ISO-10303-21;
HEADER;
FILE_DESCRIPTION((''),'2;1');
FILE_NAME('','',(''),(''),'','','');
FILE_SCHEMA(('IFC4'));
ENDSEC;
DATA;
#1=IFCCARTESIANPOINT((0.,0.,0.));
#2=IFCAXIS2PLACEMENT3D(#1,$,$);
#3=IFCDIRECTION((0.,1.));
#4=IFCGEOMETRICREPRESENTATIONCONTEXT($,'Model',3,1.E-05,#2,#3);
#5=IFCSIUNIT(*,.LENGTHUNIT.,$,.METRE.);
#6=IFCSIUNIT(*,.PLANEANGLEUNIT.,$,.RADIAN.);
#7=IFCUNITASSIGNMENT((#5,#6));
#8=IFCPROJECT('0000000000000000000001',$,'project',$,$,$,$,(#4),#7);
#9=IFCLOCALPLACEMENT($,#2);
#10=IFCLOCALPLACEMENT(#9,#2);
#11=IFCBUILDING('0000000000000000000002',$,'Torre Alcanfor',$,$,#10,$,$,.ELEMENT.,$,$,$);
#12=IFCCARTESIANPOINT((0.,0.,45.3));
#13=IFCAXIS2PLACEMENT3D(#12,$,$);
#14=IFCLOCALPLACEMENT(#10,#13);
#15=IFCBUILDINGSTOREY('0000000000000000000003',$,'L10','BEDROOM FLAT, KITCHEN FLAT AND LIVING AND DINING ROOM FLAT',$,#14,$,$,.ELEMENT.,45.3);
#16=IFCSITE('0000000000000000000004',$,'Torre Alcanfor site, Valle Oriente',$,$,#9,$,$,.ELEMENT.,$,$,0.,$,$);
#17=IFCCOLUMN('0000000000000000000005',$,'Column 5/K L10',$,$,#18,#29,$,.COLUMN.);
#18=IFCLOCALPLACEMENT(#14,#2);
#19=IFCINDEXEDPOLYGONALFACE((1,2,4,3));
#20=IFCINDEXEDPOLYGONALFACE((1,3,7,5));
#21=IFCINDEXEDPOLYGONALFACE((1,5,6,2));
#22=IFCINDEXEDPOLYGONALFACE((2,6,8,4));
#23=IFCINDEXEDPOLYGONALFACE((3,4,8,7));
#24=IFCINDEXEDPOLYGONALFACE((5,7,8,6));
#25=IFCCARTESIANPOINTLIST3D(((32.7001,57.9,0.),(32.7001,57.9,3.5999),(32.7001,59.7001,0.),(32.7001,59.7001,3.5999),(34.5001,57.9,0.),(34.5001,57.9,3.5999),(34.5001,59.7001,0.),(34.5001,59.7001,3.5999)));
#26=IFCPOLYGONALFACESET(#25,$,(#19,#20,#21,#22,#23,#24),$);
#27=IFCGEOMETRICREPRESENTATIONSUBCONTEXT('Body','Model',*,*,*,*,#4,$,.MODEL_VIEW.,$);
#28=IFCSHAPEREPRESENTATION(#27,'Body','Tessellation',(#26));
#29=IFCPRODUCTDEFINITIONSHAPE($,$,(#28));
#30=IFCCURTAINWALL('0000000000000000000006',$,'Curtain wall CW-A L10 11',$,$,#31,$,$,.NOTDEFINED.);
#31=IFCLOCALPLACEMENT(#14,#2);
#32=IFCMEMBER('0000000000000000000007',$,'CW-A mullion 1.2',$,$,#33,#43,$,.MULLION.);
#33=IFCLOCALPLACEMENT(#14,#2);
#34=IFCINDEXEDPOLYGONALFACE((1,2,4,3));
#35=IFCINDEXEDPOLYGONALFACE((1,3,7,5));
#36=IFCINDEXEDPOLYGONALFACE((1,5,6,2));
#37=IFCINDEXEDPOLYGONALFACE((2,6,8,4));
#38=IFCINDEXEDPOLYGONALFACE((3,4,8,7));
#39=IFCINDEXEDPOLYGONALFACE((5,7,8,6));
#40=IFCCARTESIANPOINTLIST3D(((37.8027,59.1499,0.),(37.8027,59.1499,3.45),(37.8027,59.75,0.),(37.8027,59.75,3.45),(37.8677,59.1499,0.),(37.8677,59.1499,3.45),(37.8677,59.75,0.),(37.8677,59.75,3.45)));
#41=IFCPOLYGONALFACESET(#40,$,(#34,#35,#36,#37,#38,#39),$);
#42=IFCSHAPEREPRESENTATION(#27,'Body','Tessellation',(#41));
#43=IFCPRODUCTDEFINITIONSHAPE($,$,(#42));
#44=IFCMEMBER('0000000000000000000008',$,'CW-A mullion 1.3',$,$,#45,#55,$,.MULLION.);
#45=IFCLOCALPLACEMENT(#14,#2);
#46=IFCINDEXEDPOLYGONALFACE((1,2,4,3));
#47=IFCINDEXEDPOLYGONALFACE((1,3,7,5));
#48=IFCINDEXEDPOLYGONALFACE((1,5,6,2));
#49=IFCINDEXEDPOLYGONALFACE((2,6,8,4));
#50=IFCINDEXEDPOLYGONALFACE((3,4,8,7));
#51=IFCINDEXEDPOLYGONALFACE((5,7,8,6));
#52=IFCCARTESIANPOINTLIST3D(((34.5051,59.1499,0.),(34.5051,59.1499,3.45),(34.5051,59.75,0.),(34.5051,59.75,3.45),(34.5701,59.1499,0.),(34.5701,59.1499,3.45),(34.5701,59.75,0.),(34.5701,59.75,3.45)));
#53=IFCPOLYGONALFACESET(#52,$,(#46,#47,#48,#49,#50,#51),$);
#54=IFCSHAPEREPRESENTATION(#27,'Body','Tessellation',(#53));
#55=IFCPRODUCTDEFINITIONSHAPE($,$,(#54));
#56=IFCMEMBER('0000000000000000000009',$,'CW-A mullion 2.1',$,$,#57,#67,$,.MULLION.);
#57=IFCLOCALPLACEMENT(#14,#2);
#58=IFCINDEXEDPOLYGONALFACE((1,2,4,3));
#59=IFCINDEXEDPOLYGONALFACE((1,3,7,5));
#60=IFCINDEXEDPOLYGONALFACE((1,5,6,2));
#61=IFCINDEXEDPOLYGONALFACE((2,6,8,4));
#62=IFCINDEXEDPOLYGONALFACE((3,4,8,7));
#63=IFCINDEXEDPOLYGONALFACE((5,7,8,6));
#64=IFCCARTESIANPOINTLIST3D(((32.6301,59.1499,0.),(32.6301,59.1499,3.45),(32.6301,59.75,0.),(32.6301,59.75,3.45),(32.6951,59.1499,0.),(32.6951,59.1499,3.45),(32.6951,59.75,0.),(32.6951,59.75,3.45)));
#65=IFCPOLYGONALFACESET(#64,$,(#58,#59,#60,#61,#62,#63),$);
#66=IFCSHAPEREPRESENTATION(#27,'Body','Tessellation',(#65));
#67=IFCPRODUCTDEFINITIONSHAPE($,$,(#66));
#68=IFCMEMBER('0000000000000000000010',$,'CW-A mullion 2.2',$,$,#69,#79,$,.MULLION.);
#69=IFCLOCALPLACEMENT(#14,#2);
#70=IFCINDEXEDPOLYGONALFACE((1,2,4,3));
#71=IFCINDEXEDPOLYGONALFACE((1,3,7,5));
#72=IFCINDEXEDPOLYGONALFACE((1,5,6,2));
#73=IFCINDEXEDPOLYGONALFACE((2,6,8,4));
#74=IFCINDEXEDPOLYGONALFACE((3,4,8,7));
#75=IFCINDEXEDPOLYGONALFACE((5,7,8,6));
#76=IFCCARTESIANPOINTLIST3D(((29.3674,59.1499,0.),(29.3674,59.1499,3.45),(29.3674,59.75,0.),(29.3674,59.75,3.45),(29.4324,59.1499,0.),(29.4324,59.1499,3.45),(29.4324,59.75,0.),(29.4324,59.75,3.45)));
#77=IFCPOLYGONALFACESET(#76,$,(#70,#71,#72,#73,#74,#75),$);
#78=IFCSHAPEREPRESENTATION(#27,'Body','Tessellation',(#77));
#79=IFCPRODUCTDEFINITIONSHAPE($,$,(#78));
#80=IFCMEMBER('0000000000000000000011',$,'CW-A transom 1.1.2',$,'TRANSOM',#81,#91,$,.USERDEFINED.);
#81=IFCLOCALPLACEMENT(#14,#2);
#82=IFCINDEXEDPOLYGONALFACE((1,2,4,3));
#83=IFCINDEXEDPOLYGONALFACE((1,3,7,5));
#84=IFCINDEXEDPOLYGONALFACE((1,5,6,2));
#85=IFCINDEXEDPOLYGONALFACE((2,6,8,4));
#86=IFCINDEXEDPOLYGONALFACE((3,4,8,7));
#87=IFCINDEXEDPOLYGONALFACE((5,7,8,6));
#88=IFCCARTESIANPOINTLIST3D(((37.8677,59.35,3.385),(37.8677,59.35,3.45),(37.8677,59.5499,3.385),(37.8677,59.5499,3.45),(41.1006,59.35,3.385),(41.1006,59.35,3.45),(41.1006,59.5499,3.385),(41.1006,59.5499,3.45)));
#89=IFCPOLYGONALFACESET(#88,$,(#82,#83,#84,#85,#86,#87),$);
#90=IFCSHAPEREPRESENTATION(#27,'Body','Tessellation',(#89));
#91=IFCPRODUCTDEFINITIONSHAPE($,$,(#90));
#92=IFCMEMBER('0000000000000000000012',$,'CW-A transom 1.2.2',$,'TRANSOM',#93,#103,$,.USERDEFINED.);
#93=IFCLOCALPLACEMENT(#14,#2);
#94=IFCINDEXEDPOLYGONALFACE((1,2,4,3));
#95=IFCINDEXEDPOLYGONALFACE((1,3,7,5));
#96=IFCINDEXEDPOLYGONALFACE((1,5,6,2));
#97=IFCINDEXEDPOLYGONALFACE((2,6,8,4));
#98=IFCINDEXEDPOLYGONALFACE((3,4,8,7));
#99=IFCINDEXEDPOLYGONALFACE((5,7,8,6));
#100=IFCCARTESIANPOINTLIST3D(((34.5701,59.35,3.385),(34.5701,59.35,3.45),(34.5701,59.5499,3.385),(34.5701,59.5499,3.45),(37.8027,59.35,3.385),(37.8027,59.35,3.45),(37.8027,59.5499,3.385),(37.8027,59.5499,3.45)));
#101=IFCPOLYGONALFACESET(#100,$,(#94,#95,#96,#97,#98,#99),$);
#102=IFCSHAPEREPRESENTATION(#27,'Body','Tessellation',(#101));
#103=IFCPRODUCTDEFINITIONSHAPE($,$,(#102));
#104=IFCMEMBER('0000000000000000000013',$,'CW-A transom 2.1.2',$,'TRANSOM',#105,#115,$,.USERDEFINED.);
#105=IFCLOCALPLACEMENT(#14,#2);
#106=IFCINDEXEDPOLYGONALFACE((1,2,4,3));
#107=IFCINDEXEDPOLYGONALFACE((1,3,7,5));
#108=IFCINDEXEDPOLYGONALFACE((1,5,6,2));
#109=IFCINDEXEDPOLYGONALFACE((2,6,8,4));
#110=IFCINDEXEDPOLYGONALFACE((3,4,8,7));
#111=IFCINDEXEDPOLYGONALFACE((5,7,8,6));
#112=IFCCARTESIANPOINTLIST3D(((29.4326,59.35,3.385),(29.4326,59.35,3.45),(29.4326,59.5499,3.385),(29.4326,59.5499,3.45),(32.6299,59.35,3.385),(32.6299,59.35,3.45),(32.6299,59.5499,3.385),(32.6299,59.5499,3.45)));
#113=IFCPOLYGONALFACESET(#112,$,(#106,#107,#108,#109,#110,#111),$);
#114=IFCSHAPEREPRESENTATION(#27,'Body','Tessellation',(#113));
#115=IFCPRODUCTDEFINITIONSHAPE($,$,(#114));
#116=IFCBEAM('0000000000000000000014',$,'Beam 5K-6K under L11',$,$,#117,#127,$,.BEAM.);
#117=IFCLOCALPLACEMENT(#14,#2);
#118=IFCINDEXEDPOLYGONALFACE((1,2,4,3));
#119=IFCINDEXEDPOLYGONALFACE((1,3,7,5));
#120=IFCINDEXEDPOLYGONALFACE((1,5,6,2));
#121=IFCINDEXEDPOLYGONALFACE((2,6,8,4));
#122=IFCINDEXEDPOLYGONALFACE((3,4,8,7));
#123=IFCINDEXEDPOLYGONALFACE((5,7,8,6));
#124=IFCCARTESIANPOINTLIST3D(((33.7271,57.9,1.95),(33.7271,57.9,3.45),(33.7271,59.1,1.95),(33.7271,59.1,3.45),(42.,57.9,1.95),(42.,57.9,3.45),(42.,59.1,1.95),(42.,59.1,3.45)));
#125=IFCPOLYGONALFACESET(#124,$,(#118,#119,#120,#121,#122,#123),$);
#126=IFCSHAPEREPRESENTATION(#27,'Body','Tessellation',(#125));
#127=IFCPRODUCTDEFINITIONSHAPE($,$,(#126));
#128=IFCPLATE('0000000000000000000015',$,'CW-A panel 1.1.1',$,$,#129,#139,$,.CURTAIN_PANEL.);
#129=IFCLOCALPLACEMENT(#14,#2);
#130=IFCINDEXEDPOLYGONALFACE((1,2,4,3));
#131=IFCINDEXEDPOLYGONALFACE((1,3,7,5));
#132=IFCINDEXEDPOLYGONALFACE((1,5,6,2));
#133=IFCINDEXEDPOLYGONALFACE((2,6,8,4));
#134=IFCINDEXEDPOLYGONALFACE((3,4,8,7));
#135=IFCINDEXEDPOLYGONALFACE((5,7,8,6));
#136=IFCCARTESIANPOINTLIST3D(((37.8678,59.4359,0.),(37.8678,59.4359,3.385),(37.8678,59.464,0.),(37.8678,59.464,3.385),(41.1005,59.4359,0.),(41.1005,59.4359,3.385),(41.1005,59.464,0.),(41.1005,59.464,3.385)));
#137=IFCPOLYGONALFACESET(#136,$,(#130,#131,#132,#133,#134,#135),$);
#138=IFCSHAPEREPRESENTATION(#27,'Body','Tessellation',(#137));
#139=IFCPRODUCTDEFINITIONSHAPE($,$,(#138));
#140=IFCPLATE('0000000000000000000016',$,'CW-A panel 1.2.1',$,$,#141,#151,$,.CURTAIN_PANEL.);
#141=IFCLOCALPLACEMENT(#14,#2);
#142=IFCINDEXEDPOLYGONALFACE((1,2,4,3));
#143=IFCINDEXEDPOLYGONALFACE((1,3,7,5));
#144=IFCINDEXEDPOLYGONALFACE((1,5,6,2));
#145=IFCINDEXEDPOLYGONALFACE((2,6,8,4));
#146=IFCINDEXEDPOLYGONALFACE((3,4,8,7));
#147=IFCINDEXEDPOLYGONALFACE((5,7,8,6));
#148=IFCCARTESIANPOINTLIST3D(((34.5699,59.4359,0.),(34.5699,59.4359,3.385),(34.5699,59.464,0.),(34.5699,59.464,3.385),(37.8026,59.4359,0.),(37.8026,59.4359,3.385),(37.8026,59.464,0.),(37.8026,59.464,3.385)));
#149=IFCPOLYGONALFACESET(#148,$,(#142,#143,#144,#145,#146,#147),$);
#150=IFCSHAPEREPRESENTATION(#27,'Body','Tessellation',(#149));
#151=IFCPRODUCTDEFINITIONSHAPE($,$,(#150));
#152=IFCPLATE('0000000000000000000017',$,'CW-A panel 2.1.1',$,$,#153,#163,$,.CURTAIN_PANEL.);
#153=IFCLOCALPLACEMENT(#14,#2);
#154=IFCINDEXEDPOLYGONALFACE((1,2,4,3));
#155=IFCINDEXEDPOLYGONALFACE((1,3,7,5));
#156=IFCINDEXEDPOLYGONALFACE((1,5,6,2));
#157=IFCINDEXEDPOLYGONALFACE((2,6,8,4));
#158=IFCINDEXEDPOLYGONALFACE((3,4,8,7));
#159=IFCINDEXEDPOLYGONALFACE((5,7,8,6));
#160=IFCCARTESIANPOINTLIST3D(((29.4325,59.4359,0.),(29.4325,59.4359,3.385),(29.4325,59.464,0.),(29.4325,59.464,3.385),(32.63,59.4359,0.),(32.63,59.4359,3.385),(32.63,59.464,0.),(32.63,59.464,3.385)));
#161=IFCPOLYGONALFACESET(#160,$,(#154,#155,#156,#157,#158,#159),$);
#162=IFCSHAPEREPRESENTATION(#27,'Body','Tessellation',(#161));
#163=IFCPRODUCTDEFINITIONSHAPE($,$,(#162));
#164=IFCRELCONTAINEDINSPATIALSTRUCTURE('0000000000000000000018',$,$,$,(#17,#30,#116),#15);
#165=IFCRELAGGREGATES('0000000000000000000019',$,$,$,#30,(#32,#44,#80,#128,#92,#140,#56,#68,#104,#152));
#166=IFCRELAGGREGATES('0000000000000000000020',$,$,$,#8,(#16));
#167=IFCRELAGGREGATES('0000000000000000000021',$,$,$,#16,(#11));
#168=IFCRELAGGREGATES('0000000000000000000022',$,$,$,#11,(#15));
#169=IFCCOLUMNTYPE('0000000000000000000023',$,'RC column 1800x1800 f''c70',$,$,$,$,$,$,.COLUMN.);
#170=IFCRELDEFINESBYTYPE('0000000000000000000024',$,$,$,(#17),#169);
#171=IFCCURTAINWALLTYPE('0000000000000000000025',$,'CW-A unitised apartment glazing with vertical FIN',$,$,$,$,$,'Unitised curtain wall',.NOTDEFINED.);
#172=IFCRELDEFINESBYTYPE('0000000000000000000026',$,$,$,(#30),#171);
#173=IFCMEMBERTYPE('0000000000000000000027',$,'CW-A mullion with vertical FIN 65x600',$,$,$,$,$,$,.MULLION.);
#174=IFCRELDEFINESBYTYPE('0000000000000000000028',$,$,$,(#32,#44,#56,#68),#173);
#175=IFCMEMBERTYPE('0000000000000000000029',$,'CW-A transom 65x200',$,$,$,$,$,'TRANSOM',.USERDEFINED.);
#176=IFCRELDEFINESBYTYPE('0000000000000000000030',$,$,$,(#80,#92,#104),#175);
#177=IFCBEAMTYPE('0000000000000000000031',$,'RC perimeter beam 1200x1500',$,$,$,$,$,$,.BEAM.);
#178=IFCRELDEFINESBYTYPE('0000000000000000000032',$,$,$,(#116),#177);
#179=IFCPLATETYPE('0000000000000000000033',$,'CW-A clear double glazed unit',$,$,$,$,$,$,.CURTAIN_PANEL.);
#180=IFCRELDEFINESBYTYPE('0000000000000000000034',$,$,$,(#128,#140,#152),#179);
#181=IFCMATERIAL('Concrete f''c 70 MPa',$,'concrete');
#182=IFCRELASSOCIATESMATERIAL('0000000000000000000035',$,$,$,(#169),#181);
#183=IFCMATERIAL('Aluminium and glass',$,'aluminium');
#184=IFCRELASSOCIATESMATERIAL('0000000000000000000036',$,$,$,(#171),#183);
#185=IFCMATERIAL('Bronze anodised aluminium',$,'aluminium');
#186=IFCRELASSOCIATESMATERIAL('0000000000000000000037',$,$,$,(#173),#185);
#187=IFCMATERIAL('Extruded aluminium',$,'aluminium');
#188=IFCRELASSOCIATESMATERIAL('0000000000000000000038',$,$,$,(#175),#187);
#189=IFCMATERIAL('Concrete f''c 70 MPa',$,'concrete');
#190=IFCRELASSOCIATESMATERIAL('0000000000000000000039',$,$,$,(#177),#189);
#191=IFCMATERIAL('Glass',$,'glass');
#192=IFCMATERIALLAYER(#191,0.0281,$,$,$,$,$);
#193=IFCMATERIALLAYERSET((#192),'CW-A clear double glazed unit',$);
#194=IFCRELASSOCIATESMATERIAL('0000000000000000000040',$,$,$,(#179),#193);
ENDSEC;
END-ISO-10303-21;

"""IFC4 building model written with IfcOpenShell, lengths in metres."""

from ifc_helpers import new_model, si_unit, direction, frame, origin, origin_2d, place, context, subcontext, project, spatial, rectangle, extrude, material, layer, layer_set, material_profile, profile_set, type_object, element, aggregate, save


model = new_model("IFC4")

# Units and contexts
model_context = context("Model", 3, precision=1e-05, world=origin(), true_north=direction((0.0, 1.0)))
body_context = subcontext(model_context, "Body", "Model", "MODEL_VIEW")
ifc_project = project(units=[si_unit("LENGTHUNIT", "METRE"), si_unit("PLANEANGLEUNIT", "RADIAN")], contexts=[model_context])

# Site, building, storey
site_placement = place(None, origin())
site = spatial("IfcSite", under=ifc_project, at=site_placement, Name="Torre Alcanfor site, Valle Oriente", CompositionType="ELEMENT", RefElevation=0.0)
building_placement = place(site_placement, origin())
building = spatial("IfcBuilding", under=site, at=building_placement, Name="Torre Alcanfor", CompositionType="ELEMENT")
storey_placement = place(building_placement, frame((0.0, 0.0, 45.3)))
storey = spatial("IfcBuildingStorey", under=building, at=storey_placement, Name="L10", Description="BEDROOM FLAT, KITCHEN FLAT AND LIVING AND DINING ROOM FLAT", CompositionType="ELEMENT", Elevation=45.3)

# Column
ifc_material_1 = material(Name="Concrete f'c 70 MPa", Category="concrete")
ifc_material_profile_1 = material_profile(ifc_material_1, rectangle(XDim=1.8, YDim=1.8, at=origin_2d()), Name="1800x1800")
ifc_profile_set_1 = profile_set([ifc_material_profile_1], Name="Concrete f'c 70 MPa")
column_type = type_object("IfcColumnType", Name="RC column 1800x1800 f'c70", PredefinedType="COLUMN", material=ifc_profile_set_1)
column_placement = place(storey_placement, frame((33.6001, 58.8, 0.0), z_axis=(0.0, 0.0, 1.0), x_axis=(1.0, 0.0, 0.0)))
element("IfcColumn", 1, at=column_placement, inside=storey, type_object=column_type, Name="Column 5/K L10", PredefinedType="COLUMN", context=body_context, shape_type="SweptSolid", body=[
    extrude(rectangle(XDim=1.8, YDim=1.8, at=origin_2d()), origin(), (0.0, 0.0, 1.0), 3.5999),
])

# Curtain wall, members
ifc_material_2 = material(Name="Aluminium and glass", Category="aluminium")
curtain_wall_type = type_object("IfcCurtainWallType", Name="CW-A unitised apartment glazing with vertical FIN", ElementType="Unitised curtain wall", PredefinedType="NOTDEFINED", material=ifc_material_2)
curtain_wall_placement = place(storey_placement, origin())
curtain_wall = element("IfcCurtainWall", 2, at=curtain_wall_placement, inside=storey, type_object=curtain_wall_type, Name="Curtain wall CW-A L10 11", PredefinedType="NOTDEFINED")
ifc_material_3 = material(Name="Bronze anodised aluminium", Category="aluminium")
ifc_material_profile_2 = material_profile(ifc_material_3, rectangle(XDim=0.6001, YDim=0.0649, at=origin_2d()), Name="CW-A mullion 65x600")
ifc_profile_set_2 = profile_set([ifc_material_profile_2], Name="Bronze anodised aluminium")
member_type_1 = type_object("IfcMemberType", Name="CW-A mullion with vertical FIN 65x600", PredefinedType="MULLION", material=ifc_profile_set_2)
member_1_placement = place(storey_placement, frame((37.8352, 59.45, 0.0), z_axis=(0.0, 0.0, 1.0), x_axis=(0.0, -1.0, 0.0)))
member_1 = element("IfcMember", 3, at=member_1_placement, type_object=member_type_1, Name="CW-A mullion 1.2", PredefinedType="MULLION", context=body_context, shape_type="SweptSolid", body=[
    extrude(rectangle(XDim=0.6001, YDim=0.0649, at=origin_2d()), origin(), (0.0, 0.0, 1.0), 3.45),
])
member_2_placement = place(storey_placement, frame((34.5376, 59.45, 0.0), z_axis=(0.0, 0.0, 1.0), x_axis=(0.0, -1.0, 0.0)))
member_2 = element("IfcMember", 4, at=member_2_placement, type_object=member_type_1, Name="CW-A mullion 1.3", PredefinedType="MULLION", context=body_context, shape_type="SweptSolid", body=[
    extrude(rectangle(XDim=0.6001, YDim=0.0649, at=origin_2d()), origin(), (0.0, 0.0, 1.0), 3.45),
])
member_3_placement = place(storey_placement, frame((32.6626, 59.45, 0.0), z_axis=(0.0, 0.0, 1.0), x_axis=(0.0, -1.0, 0.0)))
member_3 = element("IfcMember", 5, at=member_3_placement, type_object=member_type_1, Name="CW-A mullion 2.1", PredefinedType="MULLION", context=body_context, shape_type="SweptSolid", body=[
    extrude(rectangle(XDim=0.6001, YDim=0.0649, at=origin_2d()), origin(), (0.0, 0.0, 1.0), 3.45),
])
member_4_placement = place(storey_placement, frame((29.3999, 59.45, 0.0), z_axis=(0.0, 0.0, 1.0), x_axis=(0.0, -1.0, 0.0)))
member_4 = element("IfcMember", 6, at=member_4_placement, type_object=member_type_1, Name="CW-A mullion 2.2", PredefinedType="MULLION", context=body_context, shape_type="SweptSolid", body=[
    extrude(rectangle(XDim=0.6001, YDim=0.0649, at=origin_2d()), origin(), (0.0, 0.0, 1.0), 3.45),
])
ifc_material_4 = material(Name="Extruded aluminium", Category="aluminium")
ifc_material_profile_3 = material_profile(ifc_material_4, rectangle(XDim=0.2, YDim=0.0649, at=origin_2d()), Name="CW-A transom 200x65")
ifc_profile_set_3 = profile_set([ifc_material_profile_3], Name="Extruded aluminium")
member_type_2 = type_object("IfcMemberType", Name="CW-A transom 65x200", ElementType="TRANSOM", PredefinedType="USERDEFINED", material=ifc_profile_set_3)
member_5_placement = place(storey_placement, frame((41.1006, 59.45, 3.4175), z_axis=(-1.0, 0.0, 0.0), x_axis=(0.0, -1.0, 0.0)))
member_5 = element("IfcMember", 7, at=member_5_placement, type_object=member_type_2, Name="CW-A transom 1.1.2", ObjectType="TRANSOM", PredefinedType="USERDEFINED", context=body_context, shape_type="SweptSolid", body=[
    extrude(rectangle(XDim=0.2, YDim=0.0649, at=origin_2d()), origin(), (0.0, 0.0, 1.0), 3.2329),
])
member_6_placement = place(storey_placement, frame((37.8027, 59.45, 3.4175), z_axis=(-1.0, 0.0, 0.0), x_axis=(0.0, -1.0, 0.0)))
member_6 = element("IfcMember", 8, at=member_6_placement, type_object=member_type_2, Name="CW-A transom 1.2.2", ObjectType="TRANSOM", PredefinedType="USERDEFINED", context=body_context, shape_type="SweptSolid", body=[
    extrude(rectangle(XDim=0.2, YDim=0.0649, at=origin_2d()), origin(), (0.0, 0.0, 1.0), 3.2327),
])
member_7_placement = place(storey_placement, frame((32.6299, 59.45, 3.4175), z_axis=(-1.0, 0.0, 0.0), x_axis=(0.0, -1.0, 0.0)))
member_7 = element("IfcMember", 9, at=member_7_placement, type_object=member_type_2, Name="CW-A transom 2.1.2", ObjectType="TRANSOM", PredefinedType="USERDEFINED", context=body_context, shape_type="SweptSolid", body=[
    extrude(rectangle(XDim=0.2, YDim=0.0649, at=origin_2d()), origin(), (0.0, 0.0, 1.0), 3.1973),
])

# Beam
ifc_material_5 = material(Name="Concrete f'c 70 MPa", Category="concrete")
ifc_material_profile_4 = material_profile(ifc_material_5, rectangle(XDim=1.2, YDim=1.5, at=origin_2d()), Name="1200x1500")
ifc_profile_set_4 = profile_set([ifc_material_profile_4], Name="Concrete f'c 70 MPa")
beam_type = type_object("IfcBeamType", Name="RC perimeter beam 1200x1500", PredefinedType="BEAM", material=ifc_profile_set_4)
beam_placement = place(storey_placement, frame((33.7271, 58.5, 2.7), z_axis=(1.0, 0.0, 0.0), x_axis=(0.0, 1.0, 0.0)))
element("IfcBeam", 10, at=beam_placement, inside=storey, type_object=beam_type, Name="Beam 5K-6K under L11", PredefinedType="BEAM", context=body_context, shape_type="SweptSolid", body=[
    extrude(rectangle(XDim=1.2, YDim=1.5, at=origin_2d()), origin(), (0.0, 0.0, 1.0), 8.2729),
])

# Plates
ifc_material_6 = material(Name="Glass", Category="glass")
ifc_layer_1 = layer(ifc_material_6, 0.0281)
ifc_layer_set_1 = layer_set([ifc_layer_1], Name="CW-A clear double glazed unit")
plate_type = type_object("IfcPlateType", Name="CW-A clear double glazed unit", PredefinedType="CURTAIN_PANEL", material=ifc_layer_set_1)
plate_1_placement = place(storey_placement, frame((39.4841, 59.45, 0.0), z_axis=(0.0, 0.0, 1.0), x_axis=(-1.0, 0.0, 0.0)))
plate_1 = element("IfcPlate", 11, at=plate_1_placement, type_object=plate_type, Name="CW-A panel 1.1.1", PredefinedType="CURTAIN_PANEL", context=body_context, shape_type="SweptSolid", body=[
    extrude(rectangle(XDim=3.2327, YDim=0.0281, at=origin_2d()), origin(), (0.0, 0.0, 1.0), 3.385),
])
plate_2_placement = place(storey_placement, frame((36.1863, 59.45, 0.0), z_axis=(0.0, 0.0, 1.0), x_axis=(-1.0, 0.0, 0.0)))
plate_2 = element("IfcPlate", 12, at=plate_2_placement, type_object=plate_type, Name="CW-A panel 1.2.1", PredefinedType="CURTAIN_PANEL", context=body_context, shape_type="SweptSolid", body=[
    extrude(rectangle(XDim=3.2327, YDim=0.0281, at=origin_2d()), origin(), (0.0, 0.0, 1.0), 3.385),
])
plate_3_placement = place(storey_placement, frame((31.0312, 59.45, 0.0), z_axis=(0.0, 0.0, 1.0), x_axis=(-1.0, 0.0, 0.0)))
plate_3 = element("IfcPlate", 13, at=plate_3_placement, type_object=plate_type, Name="CW-A panel 2.1.1", PredefinedType="CURTAIN_PANEL", context=body_context, shape_type="SweptSolid", body=[
    extrude(rectangle(XDim=3.1975, YDim=0.0281, at=origin_2d()), origin(), (0.0, 0.0, 1.0), 3.385),
])
aggregate(curtain_wall, [member_1, member_2, member_5, plate_1, member_6, plate_2, member_3, member_4, member_7, plate_3])

save(model, "model.ifc")
